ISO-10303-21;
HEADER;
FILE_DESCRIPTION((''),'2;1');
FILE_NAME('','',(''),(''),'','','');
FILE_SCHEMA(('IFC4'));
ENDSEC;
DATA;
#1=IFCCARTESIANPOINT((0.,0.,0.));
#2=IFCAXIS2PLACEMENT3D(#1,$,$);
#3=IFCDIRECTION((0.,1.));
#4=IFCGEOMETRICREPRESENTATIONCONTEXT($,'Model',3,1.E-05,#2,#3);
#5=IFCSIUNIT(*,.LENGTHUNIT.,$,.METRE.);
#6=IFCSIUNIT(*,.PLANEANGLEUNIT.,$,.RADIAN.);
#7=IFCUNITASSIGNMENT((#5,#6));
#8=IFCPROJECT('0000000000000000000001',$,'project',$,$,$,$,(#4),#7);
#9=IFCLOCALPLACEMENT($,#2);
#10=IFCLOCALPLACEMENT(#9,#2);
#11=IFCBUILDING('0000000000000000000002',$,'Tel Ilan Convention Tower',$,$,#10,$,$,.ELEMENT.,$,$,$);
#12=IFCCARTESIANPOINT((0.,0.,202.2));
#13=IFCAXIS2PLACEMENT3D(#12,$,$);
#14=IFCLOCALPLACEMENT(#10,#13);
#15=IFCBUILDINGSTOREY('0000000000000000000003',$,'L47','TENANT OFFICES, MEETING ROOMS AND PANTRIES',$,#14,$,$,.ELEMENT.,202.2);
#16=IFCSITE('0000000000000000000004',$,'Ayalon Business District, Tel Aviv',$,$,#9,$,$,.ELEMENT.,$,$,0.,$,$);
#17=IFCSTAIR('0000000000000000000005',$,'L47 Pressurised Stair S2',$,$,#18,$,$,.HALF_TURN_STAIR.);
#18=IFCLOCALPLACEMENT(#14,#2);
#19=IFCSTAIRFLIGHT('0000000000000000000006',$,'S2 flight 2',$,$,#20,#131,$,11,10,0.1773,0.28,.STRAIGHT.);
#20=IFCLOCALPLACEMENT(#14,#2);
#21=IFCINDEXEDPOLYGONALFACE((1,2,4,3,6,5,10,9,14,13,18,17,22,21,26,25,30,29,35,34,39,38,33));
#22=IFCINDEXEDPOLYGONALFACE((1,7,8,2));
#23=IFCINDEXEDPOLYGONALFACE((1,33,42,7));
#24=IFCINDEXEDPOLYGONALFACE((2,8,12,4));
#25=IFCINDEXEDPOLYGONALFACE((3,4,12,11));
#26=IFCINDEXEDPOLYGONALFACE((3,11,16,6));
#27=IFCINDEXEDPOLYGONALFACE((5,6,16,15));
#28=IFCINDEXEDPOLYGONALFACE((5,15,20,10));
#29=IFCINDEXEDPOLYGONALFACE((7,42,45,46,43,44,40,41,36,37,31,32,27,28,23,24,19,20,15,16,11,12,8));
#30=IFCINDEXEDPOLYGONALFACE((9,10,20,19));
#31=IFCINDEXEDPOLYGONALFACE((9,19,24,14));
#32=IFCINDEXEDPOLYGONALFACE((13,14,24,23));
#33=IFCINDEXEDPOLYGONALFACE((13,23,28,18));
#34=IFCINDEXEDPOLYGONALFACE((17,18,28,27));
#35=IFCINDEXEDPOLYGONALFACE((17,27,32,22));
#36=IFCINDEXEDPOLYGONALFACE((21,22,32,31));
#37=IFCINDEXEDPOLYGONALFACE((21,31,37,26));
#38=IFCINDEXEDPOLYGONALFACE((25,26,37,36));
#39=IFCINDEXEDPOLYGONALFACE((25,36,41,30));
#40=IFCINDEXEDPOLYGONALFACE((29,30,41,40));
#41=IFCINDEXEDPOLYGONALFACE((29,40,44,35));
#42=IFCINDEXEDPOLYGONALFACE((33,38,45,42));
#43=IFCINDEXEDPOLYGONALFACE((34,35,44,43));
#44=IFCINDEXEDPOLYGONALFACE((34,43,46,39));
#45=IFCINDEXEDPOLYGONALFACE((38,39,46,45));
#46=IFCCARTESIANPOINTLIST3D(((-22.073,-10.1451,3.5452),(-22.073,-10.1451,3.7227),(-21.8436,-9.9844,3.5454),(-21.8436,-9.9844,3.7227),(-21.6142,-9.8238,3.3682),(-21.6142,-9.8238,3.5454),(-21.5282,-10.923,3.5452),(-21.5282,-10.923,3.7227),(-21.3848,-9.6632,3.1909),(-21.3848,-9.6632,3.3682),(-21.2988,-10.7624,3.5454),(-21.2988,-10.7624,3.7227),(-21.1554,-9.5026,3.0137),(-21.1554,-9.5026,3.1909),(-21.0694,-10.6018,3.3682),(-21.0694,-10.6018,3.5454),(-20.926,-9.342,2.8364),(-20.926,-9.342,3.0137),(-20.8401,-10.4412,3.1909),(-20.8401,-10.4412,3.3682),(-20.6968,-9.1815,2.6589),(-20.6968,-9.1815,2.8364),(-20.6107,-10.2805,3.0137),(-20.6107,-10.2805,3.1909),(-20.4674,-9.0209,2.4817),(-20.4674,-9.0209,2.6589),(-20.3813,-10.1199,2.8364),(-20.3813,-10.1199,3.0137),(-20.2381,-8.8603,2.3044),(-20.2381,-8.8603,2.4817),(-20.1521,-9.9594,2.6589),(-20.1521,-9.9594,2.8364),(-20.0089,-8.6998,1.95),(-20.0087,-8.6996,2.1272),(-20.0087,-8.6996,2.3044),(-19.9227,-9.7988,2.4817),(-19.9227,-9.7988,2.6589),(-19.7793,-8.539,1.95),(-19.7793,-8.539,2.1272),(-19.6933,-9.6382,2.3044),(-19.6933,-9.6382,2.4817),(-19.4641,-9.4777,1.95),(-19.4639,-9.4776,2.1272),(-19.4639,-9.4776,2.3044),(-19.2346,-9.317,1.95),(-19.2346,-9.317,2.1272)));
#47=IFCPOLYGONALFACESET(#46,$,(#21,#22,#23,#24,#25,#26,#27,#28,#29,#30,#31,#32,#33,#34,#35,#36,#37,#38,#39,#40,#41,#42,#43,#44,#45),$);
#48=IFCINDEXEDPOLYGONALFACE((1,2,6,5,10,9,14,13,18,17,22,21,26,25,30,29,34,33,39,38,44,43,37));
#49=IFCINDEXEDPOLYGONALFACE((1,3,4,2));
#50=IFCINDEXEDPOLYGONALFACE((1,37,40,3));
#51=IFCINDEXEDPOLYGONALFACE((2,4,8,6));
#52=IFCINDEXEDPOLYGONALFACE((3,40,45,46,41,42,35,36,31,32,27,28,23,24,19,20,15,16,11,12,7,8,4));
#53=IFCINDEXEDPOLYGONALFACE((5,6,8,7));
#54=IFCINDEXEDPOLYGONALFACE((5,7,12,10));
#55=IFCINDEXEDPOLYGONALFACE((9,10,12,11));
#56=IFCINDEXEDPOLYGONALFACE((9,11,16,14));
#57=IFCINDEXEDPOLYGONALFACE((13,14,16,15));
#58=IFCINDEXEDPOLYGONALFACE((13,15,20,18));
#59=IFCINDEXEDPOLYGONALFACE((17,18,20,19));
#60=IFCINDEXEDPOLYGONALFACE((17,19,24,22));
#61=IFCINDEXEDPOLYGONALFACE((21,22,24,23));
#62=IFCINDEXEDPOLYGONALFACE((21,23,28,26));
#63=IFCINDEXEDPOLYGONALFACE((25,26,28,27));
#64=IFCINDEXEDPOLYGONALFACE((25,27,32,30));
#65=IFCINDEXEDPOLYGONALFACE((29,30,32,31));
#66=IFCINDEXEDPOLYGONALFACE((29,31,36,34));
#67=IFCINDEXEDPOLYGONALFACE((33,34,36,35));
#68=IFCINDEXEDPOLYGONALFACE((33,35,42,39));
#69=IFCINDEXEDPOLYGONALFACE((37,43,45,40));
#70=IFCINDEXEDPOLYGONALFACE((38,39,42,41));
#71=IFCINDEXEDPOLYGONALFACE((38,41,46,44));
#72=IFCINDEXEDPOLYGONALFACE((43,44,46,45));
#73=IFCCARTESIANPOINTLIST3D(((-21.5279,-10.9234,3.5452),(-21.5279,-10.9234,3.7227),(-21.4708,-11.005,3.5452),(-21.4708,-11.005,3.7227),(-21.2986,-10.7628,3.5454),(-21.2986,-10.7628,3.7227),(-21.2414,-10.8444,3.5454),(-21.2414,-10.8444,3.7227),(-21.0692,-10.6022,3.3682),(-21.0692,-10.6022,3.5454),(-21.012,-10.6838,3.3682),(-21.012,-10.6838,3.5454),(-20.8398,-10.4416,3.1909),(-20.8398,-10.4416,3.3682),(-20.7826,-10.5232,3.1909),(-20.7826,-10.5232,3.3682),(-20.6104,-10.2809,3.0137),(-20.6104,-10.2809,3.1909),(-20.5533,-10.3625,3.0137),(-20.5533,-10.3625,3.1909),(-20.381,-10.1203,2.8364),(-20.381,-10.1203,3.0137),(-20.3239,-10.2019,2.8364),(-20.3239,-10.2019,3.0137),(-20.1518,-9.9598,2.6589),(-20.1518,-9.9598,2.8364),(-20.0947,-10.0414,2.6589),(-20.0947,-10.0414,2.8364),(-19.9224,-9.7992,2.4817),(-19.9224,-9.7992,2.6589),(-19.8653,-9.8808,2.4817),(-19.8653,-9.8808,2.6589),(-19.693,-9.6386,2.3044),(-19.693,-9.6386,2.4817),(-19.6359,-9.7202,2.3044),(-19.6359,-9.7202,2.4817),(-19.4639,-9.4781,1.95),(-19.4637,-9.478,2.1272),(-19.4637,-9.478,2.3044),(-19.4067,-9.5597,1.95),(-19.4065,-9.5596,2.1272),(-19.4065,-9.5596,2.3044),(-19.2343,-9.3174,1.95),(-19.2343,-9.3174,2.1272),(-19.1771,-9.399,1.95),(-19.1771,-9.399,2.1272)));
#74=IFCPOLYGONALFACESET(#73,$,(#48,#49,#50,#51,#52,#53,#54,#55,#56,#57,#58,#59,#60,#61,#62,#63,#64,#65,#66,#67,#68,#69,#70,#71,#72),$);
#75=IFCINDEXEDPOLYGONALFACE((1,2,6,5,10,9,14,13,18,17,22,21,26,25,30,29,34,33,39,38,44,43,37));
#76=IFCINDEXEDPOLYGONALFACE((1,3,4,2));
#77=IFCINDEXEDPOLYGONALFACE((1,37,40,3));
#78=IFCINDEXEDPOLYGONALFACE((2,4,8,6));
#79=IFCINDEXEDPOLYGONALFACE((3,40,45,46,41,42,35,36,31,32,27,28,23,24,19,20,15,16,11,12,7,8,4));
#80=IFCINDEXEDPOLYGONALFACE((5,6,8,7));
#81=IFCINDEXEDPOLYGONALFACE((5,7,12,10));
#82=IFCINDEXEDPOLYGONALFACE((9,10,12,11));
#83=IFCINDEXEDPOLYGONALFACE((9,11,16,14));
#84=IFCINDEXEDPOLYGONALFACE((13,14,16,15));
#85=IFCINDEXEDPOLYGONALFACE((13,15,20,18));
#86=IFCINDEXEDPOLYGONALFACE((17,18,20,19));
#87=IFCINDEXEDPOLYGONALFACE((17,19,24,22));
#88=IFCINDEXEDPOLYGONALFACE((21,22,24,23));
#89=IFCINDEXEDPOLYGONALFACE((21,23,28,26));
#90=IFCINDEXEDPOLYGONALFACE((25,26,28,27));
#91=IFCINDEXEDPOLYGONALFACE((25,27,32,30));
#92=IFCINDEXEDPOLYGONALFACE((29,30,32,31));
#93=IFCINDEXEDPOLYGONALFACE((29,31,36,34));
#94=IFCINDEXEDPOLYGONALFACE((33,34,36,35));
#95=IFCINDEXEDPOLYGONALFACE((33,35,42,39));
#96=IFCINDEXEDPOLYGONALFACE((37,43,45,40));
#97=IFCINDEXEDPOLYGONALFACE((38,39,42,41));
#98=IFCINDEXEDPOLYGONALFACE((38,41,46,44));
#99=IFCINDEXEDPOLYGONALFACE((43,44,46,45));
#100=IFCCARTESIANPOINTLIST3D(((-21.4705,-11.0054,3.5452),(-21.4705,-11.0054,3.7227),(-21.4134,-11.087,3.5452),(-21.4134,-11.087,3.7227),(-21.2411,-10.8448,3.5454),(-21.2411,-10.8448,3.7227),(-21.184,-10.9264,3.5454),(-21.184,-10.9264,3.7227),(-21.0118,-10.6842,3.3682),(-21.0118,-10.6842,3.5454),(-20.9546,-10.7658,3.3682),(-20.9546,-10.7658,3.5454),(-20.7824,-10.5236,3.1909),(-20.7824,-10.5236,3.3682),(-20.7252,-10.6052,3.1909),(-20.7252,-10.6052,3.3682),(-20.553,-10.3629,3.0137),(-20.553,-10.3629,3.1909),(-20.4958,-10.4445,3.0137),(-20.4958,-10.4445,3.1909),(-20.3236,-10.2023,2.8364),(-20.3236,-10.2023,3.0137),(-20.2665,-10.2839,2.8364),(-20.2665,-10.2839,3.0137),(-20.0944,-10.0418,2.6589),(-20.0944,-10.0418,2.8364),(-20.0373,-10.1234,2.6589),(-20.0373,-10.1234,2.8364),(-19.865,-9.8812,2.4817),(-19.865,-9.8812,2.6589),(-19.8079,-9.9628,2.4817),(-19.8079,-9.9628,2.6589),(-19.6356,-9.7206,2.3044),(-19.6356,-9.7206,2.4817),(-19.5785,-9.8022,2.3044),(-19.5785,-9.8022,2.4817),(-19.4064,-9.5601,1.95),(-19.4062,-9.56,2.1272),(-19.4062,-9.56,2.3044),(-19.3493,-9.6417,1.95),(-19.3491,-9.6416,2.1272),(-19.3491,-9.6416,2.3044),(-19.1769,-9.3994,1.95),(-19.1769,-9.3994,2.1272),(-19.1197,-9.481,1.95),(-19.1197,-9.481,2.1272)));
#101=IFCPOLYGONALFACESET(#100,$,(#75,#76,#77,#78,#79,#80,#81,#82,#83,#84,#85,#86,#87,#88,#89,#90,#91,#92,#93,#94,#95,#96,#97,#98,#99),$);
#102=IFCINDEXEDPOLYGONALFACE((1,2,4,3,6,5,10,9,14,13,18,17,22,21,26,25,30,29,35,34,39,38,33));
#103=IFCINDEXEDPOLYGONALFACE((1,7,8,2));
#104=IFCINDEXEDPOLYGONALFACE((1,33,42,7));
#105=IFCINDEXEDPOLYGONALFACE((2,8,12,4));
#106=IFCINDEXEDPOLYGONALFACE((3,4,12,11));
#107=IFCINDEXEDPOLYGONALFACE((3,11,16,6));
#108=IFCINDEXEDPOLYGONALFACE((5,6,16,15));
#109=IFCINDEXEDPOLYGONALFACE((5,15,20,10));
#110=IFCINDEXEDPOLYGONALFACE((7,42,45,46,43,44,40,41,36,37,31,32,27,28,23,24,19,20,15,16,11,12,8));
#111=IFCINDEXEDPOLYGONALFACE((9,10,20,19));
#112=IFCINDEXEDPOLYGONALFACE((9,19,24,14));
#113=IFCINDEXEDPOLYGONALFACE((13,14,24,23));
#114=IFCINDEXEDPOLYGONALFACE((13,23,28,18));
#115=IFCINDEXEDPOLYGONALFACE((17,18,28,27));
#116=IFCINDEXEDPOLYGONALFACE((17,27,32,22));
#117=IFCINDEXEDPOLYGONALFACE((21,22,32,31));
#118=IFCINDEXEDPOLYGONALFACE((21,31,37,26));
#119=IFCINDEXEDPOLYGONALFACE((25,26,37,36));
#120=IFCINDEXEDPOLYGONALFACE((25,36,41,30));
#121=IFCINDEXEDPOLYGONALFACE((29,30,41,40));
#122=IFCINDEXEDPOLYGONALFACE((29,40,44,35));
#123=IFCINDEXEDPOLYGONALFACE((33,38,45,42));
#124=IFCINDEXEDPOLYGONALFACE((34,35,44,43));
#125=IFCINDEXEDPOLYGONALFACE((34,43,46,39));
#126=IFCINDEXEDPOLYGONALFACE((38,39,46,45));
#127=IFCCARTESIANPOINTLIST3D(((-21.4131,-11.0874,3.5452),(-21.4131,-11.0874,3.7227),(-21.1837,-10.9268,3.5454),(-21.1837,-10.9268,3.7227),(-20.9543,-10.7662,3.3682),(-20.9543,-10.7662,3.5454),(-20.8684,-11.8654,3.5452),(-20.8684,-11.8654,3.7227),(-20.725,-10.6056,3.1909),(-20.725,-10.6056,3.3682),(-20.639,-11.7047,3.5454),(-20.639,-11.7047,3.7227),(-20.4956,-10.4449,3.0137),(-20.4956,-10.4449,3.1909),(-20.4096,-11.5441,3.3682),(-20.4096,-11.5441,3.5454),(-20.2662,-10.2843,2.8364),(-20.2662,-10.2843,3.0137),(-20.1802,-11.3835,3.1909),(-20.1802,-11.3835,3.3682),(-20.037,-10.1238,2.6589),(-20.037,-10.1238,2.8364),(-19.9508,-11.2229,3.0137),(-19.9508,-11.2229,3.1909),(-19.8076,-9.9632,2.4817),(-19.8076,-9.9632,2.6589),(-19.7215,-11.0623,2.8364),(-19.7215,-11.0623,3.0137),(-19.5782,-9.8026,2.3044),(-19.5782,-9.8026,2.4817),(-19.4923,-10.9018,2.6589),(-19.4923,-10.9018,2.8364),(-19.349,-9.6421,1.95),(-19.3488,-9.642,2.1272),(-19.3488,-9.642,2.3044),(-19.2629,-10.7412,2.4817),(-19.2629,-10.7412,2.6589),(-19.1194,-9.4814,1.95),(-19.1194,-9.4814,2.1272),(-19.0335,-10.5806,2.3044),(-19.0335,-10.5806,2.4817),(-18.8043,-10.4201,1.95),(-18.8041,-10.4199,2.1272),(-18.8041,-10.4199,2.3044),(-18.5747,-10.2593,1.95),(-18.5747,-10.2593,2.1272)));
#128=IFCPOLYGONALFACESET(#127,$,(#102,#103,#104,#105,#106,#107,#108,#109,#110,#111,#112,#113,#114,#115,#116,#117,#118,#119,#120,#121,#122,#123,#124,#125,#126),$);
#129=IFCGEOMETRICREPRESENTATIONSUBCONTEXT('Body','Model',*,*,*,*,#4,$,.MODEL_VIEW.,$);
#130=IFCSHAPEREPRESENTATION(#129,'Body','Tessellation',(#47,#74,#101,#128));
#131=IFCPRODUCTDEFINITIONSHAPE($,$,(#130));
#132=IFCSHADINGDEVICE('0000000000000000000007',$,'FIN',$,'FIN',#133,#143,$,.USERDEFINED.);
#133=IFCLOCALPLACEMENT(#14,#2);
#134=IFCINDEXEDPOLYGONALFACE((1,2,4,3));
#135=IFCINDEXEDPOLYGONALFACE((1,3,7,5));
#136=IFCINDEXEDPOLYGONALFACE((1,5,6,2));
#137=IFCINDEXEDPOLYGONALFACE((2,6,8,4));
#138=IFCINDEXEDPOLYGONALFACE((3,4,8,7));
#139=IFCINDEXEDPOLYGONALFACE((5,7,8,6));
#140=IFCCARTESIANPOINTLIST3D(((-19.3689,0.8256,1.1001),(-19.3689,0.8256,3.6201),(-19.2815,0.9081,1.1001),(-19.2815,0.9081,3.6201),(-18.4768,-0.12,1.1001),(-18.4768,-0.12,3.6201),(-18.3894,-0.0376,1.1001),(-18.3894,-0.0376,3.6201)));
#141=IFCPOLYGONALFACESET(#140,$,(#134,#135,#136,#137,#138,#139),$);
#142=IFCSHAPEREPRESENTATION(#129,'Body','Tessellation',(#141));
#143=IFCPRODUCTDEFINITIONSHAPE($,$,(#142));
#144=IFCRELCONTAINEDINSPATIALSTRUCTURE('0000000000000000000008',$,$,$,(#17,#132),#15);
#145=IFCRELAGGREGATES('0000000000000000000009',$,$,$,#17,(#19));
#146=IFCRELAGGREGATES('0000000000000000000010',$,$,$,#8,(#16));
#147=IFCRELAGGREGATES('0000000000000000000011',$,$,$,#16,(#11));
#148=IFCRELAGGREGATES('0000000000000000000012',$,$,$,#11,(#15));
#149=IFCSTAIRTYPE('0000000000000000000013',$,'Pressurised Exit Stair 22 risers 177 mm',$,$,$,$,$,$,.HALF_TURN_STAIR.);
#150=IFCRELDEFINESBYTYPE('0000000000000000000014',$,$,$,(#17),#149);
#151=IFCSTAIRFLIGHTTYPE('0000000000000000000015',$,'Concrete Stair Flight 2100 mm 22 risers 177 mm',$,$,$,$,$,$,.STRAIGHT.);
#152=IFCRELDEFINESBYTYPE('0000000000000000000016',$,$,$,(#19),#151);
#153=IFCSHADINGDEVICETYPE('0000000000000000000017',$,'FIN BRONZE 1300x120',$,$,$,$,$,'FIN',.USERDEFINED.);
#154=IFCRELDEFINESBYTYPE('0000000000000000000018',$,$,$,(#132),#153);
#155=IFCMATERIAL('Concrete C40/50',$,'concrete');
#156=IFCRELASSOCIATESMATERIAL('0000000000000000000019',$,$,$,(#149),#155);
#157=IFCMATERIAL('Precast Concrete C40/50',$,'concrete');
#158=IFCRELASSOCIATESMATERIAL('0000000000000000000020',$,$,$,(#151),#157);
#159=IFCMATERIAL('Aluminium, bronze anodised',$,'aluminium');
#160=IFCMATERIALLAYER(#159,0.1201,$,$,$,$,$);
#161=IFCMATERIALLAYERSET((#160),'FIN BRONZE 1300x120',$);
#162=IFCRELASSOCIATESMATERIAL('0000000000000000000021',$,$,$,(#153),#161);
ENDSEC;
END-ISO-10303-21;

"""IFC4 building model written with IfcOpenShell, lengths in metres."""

from ifc_helpers import new_model, si_unit, direction, frame, origin, origin_2d, place, context, subcontext, project, spatial, polyline, rectangle, outline, extrude, material, layer, layer_set, type_object, element, aggregate, save


model = new_model("IFC4")

# Units and contexts
model_context = context("Model", 3, precision=1e-05, world=origin(), true_north=direction((0.0, 1.0)))
body_context = subcontext(model_context, "Body", "Model", "MODEL_VIEW")
ifc_project = project(units=[si_unit("LENGTHUNIT", "METRE"), si_unit("PLANEANGLEUNIT", "RADIAN")], contexts=[model_context])

# Site, building, storey
site_placement = place(None, origin())
site = spatial("IfcSite", under=ifc_project, at=site_placement, Name="Ayalon Business District, Tel Aviv", CompositionType="ELEMENT", RefElevation=0.0)
building_placement = place(site_placement, origin())
building = spatial("IfcBuilding", under=site, at=building_placement, Name="Tel Ilan Convention Tower", CompositionType="ELEMENT")
storey_placement = place(building_placement, frame((0.0, 0.0, 202.2)))
storey = spatial("IfcBuildingStorey", under=building, at=storey_placement, Name="L47", Description="TENANT OFFICES, MEETING ROOMS AND PANTRIES", CompositionType="ELEMENT", Elevation=202.2)

# Stair, stair flight
ifc_material_1 = material(Name="Concrete C40/50", Category="concrete")
stair_type = type_object("IfcStairType", Name="Pressurised Exit Stair 22 risers 177 mm", PredefinedType="HALF_TURN_STAIR", material=ifc_material_1)
ifc_material_2 = material(Name="Precast Concrete C40/50", Category="concrete")
stair_flight_type = type_object("IfcStairFlightType", Name="Concrete Stair Flight 2100 mm 22 risers 177 mm", PredefinedType="STRAIGHT", material=ifc_material_2)
stair_1_placement = place(storey_placement, origin())
stair_1 = element("IfcStair", 1, at=stair_1_placement, inside=storey, type_object=stair_type, Name="L47 Pressurised Stair S2", PredefinedType="HALF_TURN_STAIR")
stair_flight_1_placement = place(storey_placement, frame((-19.177, -9.3992, 1.95), z_axis=(0.0, 0.0, 1.0), x_axis=(-0.819152, -0.573576, 0.0)))
stair_flight_1 = element("IfcStairFlight", 2, at=stair_flight_1_placement, type_object=stair_flight_type, Name="S2 flight 2", NumberOfRisers=11, NumberOfTreads=10, PredefinedType="STRAIGHT", RiserHeight=0.1773, TreadLength=0.28, context=body_context, shape_type="SweptSolid", body=[
    extrude(outline(polyline([(0.0, 0.0), (0.0, 0.1772), (0.28, 0.1772), (0.28, 0.3545), (0.5601, 0.3545), (0.5601, 0.5317), (0.8401, 0.5317), (0.8401, 0.709), (1.1201, 0.709), (1.1201, 0.8865), (1.3999, 0.8865), (1.3999, 1.0637), (1.6799, 1.0637), (1.6799, 1.241), (1.96, 1.241), (1.96, 1.4182), (2.24, 1.4182), (2.24, 1.5955), (2.52, 1.5955), (2.52, 1.7727), (2.8, 1.7727), (2.8, 1.95), (2.8, 1.5952), (0.2803, 0.0), (0.0, 0.0)])), frame((0.0, -0.1003, 0.0), z_axis=(0.0, -1.0, 0.0), x_axis=(1.0, 0.0, 0.0)), (0.0, 0.0, 1.0), 0.9497),
    extrude(outline(polyline([(0.0, 0.0), (0.0, 0.1772), (0.28, 0.1772), (0.28, 0.3545), (0.5601, 0.3545), (0.5601, 0.5317), (0.8401, 0.5317), (0.8401, 0.709), (1.1201, 0.709), (1.1201, 0.8865), (1.3999, 0.8865), (1.3999, 1.0637), (1.6799, 1.0637), (1.6799, 1.241), (1.96, 1.241), (1.96, 1.4182), (2.24, 1.4182), (2.24, 1.5955), (2.52, 1.5955), (2.52, 1.7727), (2.8, 1.7727), (2.8, 1.95), (2.8, 1.5952), (0.2803, 0.0), (0.0, 0.0)])), frame((0.0, -0.0002, 0.0), z_axis=(0.0, -1.0, 0.0), x_axis=(1.0, 0.0, 0.0)), (0.0, 0.0, 1.0), 0.0996),
    extrude(outline(polyline([(0.0, 0.0), (0.0, 0.1772), (0.28, 0.1772), (0.28, 0.3545), (0.5601, 0.3545), (0.5601, 0.5317), (0.8401, 0.5317), (0.8401, 0.709), (1.1201, 0.709), (1.1201, 0.8865), (1.3999, 0.8865), (1.3999, 1.0637), (1.6799, 1.0637), (1.6799, 1.241), (1.96, 1.241), (1.96, 1.4182), (2.24, 1.4182), (2.24, 1.5955), (2.52, 1.5955), (2.52, 1.7727), (2.8, 1.7727), (2.8, 1.95), (2.8, 1.5952), (0.2803, 0.0), (0.0, 0.0)])), frame((0.0, 0.0999, 0.0), z_axis=(0.0, -1.0, 0.0), x_axis=(1.0, 0.0, 0.0)), (0.0, 0.0, 1.0), 0.0996),
    extrude(outline(polyline([(0.0, 0.0), (0.0, 0.1772), (0.28, 0.1772), (0.28, 0.3545), (0.5601, 0.3545), (0.5601, 0.5317), (0.8401, 0.5317), (0.8401, 0.709), (1.1201, 0.709), (1.1201, 0.8865), (1.3999, 0.8865), (1.3999, 1.0637), (1.6799, 1.0637), (1.6799, 1.241), (1.96, 1.241), (1.96, 1.4182), (2.24, 1.4182), (2.24, 1.5955), (2.52, 1.5955), (2.52, 1.7727), (2.8, 1.7727), (2.8, 1.95), (2.8, 1.5952), (0.2803, 0.0), (0.0, 0.0)])), frame((0.0, 1.05, 0.0), z_axis=(0.0, -1.0, 0.0), x_axis=(1.0, 0.0, 0.0)), (0.0, 0.0, 1.0), 0.9497),
])
aggregate(stair_1, [stair_flight_1])

# Shading device
ifc_material_3 = material(Name="Aluminium, bronze anodised", Category="aluminium")
ifc_layer_1 = layer(ifc_material_3, 0.1201)
ifc_layer_set_1 = layer_set([ifc_layer_1], Name="FIN BRONZE 1300x120")
shading_device_type = type_object("IfcShadingDeviceType", Name="FIN BRONZE 1300x120", ElementType="FIN", PredefinedType="USERDEFINED", material=ifc_layer_set_1)
shading_device_placement = place(storey_placement, frame((-18.8792, 0.394, 1.1001), z_axis=(0.0, 0.0, 1.0), x_axis=(-0.686242, 0.727374, 0.0)))
element("IfcShadingDevice", 3, at=shading_device_placement, inside=storey, type_object=shading_device_type, Name="FIN", ObjectType="FIN", PredefinedType="USERDEFINED", context=body_context, shape_type="SweptSolid", body=[
    extrude(rectangle(XDim=1.3, YDim=0.1201, at=origin_2d()), origin(), (0.0, 0.0, 1.0), 2.52),
])

save(model, "model.ifc")
